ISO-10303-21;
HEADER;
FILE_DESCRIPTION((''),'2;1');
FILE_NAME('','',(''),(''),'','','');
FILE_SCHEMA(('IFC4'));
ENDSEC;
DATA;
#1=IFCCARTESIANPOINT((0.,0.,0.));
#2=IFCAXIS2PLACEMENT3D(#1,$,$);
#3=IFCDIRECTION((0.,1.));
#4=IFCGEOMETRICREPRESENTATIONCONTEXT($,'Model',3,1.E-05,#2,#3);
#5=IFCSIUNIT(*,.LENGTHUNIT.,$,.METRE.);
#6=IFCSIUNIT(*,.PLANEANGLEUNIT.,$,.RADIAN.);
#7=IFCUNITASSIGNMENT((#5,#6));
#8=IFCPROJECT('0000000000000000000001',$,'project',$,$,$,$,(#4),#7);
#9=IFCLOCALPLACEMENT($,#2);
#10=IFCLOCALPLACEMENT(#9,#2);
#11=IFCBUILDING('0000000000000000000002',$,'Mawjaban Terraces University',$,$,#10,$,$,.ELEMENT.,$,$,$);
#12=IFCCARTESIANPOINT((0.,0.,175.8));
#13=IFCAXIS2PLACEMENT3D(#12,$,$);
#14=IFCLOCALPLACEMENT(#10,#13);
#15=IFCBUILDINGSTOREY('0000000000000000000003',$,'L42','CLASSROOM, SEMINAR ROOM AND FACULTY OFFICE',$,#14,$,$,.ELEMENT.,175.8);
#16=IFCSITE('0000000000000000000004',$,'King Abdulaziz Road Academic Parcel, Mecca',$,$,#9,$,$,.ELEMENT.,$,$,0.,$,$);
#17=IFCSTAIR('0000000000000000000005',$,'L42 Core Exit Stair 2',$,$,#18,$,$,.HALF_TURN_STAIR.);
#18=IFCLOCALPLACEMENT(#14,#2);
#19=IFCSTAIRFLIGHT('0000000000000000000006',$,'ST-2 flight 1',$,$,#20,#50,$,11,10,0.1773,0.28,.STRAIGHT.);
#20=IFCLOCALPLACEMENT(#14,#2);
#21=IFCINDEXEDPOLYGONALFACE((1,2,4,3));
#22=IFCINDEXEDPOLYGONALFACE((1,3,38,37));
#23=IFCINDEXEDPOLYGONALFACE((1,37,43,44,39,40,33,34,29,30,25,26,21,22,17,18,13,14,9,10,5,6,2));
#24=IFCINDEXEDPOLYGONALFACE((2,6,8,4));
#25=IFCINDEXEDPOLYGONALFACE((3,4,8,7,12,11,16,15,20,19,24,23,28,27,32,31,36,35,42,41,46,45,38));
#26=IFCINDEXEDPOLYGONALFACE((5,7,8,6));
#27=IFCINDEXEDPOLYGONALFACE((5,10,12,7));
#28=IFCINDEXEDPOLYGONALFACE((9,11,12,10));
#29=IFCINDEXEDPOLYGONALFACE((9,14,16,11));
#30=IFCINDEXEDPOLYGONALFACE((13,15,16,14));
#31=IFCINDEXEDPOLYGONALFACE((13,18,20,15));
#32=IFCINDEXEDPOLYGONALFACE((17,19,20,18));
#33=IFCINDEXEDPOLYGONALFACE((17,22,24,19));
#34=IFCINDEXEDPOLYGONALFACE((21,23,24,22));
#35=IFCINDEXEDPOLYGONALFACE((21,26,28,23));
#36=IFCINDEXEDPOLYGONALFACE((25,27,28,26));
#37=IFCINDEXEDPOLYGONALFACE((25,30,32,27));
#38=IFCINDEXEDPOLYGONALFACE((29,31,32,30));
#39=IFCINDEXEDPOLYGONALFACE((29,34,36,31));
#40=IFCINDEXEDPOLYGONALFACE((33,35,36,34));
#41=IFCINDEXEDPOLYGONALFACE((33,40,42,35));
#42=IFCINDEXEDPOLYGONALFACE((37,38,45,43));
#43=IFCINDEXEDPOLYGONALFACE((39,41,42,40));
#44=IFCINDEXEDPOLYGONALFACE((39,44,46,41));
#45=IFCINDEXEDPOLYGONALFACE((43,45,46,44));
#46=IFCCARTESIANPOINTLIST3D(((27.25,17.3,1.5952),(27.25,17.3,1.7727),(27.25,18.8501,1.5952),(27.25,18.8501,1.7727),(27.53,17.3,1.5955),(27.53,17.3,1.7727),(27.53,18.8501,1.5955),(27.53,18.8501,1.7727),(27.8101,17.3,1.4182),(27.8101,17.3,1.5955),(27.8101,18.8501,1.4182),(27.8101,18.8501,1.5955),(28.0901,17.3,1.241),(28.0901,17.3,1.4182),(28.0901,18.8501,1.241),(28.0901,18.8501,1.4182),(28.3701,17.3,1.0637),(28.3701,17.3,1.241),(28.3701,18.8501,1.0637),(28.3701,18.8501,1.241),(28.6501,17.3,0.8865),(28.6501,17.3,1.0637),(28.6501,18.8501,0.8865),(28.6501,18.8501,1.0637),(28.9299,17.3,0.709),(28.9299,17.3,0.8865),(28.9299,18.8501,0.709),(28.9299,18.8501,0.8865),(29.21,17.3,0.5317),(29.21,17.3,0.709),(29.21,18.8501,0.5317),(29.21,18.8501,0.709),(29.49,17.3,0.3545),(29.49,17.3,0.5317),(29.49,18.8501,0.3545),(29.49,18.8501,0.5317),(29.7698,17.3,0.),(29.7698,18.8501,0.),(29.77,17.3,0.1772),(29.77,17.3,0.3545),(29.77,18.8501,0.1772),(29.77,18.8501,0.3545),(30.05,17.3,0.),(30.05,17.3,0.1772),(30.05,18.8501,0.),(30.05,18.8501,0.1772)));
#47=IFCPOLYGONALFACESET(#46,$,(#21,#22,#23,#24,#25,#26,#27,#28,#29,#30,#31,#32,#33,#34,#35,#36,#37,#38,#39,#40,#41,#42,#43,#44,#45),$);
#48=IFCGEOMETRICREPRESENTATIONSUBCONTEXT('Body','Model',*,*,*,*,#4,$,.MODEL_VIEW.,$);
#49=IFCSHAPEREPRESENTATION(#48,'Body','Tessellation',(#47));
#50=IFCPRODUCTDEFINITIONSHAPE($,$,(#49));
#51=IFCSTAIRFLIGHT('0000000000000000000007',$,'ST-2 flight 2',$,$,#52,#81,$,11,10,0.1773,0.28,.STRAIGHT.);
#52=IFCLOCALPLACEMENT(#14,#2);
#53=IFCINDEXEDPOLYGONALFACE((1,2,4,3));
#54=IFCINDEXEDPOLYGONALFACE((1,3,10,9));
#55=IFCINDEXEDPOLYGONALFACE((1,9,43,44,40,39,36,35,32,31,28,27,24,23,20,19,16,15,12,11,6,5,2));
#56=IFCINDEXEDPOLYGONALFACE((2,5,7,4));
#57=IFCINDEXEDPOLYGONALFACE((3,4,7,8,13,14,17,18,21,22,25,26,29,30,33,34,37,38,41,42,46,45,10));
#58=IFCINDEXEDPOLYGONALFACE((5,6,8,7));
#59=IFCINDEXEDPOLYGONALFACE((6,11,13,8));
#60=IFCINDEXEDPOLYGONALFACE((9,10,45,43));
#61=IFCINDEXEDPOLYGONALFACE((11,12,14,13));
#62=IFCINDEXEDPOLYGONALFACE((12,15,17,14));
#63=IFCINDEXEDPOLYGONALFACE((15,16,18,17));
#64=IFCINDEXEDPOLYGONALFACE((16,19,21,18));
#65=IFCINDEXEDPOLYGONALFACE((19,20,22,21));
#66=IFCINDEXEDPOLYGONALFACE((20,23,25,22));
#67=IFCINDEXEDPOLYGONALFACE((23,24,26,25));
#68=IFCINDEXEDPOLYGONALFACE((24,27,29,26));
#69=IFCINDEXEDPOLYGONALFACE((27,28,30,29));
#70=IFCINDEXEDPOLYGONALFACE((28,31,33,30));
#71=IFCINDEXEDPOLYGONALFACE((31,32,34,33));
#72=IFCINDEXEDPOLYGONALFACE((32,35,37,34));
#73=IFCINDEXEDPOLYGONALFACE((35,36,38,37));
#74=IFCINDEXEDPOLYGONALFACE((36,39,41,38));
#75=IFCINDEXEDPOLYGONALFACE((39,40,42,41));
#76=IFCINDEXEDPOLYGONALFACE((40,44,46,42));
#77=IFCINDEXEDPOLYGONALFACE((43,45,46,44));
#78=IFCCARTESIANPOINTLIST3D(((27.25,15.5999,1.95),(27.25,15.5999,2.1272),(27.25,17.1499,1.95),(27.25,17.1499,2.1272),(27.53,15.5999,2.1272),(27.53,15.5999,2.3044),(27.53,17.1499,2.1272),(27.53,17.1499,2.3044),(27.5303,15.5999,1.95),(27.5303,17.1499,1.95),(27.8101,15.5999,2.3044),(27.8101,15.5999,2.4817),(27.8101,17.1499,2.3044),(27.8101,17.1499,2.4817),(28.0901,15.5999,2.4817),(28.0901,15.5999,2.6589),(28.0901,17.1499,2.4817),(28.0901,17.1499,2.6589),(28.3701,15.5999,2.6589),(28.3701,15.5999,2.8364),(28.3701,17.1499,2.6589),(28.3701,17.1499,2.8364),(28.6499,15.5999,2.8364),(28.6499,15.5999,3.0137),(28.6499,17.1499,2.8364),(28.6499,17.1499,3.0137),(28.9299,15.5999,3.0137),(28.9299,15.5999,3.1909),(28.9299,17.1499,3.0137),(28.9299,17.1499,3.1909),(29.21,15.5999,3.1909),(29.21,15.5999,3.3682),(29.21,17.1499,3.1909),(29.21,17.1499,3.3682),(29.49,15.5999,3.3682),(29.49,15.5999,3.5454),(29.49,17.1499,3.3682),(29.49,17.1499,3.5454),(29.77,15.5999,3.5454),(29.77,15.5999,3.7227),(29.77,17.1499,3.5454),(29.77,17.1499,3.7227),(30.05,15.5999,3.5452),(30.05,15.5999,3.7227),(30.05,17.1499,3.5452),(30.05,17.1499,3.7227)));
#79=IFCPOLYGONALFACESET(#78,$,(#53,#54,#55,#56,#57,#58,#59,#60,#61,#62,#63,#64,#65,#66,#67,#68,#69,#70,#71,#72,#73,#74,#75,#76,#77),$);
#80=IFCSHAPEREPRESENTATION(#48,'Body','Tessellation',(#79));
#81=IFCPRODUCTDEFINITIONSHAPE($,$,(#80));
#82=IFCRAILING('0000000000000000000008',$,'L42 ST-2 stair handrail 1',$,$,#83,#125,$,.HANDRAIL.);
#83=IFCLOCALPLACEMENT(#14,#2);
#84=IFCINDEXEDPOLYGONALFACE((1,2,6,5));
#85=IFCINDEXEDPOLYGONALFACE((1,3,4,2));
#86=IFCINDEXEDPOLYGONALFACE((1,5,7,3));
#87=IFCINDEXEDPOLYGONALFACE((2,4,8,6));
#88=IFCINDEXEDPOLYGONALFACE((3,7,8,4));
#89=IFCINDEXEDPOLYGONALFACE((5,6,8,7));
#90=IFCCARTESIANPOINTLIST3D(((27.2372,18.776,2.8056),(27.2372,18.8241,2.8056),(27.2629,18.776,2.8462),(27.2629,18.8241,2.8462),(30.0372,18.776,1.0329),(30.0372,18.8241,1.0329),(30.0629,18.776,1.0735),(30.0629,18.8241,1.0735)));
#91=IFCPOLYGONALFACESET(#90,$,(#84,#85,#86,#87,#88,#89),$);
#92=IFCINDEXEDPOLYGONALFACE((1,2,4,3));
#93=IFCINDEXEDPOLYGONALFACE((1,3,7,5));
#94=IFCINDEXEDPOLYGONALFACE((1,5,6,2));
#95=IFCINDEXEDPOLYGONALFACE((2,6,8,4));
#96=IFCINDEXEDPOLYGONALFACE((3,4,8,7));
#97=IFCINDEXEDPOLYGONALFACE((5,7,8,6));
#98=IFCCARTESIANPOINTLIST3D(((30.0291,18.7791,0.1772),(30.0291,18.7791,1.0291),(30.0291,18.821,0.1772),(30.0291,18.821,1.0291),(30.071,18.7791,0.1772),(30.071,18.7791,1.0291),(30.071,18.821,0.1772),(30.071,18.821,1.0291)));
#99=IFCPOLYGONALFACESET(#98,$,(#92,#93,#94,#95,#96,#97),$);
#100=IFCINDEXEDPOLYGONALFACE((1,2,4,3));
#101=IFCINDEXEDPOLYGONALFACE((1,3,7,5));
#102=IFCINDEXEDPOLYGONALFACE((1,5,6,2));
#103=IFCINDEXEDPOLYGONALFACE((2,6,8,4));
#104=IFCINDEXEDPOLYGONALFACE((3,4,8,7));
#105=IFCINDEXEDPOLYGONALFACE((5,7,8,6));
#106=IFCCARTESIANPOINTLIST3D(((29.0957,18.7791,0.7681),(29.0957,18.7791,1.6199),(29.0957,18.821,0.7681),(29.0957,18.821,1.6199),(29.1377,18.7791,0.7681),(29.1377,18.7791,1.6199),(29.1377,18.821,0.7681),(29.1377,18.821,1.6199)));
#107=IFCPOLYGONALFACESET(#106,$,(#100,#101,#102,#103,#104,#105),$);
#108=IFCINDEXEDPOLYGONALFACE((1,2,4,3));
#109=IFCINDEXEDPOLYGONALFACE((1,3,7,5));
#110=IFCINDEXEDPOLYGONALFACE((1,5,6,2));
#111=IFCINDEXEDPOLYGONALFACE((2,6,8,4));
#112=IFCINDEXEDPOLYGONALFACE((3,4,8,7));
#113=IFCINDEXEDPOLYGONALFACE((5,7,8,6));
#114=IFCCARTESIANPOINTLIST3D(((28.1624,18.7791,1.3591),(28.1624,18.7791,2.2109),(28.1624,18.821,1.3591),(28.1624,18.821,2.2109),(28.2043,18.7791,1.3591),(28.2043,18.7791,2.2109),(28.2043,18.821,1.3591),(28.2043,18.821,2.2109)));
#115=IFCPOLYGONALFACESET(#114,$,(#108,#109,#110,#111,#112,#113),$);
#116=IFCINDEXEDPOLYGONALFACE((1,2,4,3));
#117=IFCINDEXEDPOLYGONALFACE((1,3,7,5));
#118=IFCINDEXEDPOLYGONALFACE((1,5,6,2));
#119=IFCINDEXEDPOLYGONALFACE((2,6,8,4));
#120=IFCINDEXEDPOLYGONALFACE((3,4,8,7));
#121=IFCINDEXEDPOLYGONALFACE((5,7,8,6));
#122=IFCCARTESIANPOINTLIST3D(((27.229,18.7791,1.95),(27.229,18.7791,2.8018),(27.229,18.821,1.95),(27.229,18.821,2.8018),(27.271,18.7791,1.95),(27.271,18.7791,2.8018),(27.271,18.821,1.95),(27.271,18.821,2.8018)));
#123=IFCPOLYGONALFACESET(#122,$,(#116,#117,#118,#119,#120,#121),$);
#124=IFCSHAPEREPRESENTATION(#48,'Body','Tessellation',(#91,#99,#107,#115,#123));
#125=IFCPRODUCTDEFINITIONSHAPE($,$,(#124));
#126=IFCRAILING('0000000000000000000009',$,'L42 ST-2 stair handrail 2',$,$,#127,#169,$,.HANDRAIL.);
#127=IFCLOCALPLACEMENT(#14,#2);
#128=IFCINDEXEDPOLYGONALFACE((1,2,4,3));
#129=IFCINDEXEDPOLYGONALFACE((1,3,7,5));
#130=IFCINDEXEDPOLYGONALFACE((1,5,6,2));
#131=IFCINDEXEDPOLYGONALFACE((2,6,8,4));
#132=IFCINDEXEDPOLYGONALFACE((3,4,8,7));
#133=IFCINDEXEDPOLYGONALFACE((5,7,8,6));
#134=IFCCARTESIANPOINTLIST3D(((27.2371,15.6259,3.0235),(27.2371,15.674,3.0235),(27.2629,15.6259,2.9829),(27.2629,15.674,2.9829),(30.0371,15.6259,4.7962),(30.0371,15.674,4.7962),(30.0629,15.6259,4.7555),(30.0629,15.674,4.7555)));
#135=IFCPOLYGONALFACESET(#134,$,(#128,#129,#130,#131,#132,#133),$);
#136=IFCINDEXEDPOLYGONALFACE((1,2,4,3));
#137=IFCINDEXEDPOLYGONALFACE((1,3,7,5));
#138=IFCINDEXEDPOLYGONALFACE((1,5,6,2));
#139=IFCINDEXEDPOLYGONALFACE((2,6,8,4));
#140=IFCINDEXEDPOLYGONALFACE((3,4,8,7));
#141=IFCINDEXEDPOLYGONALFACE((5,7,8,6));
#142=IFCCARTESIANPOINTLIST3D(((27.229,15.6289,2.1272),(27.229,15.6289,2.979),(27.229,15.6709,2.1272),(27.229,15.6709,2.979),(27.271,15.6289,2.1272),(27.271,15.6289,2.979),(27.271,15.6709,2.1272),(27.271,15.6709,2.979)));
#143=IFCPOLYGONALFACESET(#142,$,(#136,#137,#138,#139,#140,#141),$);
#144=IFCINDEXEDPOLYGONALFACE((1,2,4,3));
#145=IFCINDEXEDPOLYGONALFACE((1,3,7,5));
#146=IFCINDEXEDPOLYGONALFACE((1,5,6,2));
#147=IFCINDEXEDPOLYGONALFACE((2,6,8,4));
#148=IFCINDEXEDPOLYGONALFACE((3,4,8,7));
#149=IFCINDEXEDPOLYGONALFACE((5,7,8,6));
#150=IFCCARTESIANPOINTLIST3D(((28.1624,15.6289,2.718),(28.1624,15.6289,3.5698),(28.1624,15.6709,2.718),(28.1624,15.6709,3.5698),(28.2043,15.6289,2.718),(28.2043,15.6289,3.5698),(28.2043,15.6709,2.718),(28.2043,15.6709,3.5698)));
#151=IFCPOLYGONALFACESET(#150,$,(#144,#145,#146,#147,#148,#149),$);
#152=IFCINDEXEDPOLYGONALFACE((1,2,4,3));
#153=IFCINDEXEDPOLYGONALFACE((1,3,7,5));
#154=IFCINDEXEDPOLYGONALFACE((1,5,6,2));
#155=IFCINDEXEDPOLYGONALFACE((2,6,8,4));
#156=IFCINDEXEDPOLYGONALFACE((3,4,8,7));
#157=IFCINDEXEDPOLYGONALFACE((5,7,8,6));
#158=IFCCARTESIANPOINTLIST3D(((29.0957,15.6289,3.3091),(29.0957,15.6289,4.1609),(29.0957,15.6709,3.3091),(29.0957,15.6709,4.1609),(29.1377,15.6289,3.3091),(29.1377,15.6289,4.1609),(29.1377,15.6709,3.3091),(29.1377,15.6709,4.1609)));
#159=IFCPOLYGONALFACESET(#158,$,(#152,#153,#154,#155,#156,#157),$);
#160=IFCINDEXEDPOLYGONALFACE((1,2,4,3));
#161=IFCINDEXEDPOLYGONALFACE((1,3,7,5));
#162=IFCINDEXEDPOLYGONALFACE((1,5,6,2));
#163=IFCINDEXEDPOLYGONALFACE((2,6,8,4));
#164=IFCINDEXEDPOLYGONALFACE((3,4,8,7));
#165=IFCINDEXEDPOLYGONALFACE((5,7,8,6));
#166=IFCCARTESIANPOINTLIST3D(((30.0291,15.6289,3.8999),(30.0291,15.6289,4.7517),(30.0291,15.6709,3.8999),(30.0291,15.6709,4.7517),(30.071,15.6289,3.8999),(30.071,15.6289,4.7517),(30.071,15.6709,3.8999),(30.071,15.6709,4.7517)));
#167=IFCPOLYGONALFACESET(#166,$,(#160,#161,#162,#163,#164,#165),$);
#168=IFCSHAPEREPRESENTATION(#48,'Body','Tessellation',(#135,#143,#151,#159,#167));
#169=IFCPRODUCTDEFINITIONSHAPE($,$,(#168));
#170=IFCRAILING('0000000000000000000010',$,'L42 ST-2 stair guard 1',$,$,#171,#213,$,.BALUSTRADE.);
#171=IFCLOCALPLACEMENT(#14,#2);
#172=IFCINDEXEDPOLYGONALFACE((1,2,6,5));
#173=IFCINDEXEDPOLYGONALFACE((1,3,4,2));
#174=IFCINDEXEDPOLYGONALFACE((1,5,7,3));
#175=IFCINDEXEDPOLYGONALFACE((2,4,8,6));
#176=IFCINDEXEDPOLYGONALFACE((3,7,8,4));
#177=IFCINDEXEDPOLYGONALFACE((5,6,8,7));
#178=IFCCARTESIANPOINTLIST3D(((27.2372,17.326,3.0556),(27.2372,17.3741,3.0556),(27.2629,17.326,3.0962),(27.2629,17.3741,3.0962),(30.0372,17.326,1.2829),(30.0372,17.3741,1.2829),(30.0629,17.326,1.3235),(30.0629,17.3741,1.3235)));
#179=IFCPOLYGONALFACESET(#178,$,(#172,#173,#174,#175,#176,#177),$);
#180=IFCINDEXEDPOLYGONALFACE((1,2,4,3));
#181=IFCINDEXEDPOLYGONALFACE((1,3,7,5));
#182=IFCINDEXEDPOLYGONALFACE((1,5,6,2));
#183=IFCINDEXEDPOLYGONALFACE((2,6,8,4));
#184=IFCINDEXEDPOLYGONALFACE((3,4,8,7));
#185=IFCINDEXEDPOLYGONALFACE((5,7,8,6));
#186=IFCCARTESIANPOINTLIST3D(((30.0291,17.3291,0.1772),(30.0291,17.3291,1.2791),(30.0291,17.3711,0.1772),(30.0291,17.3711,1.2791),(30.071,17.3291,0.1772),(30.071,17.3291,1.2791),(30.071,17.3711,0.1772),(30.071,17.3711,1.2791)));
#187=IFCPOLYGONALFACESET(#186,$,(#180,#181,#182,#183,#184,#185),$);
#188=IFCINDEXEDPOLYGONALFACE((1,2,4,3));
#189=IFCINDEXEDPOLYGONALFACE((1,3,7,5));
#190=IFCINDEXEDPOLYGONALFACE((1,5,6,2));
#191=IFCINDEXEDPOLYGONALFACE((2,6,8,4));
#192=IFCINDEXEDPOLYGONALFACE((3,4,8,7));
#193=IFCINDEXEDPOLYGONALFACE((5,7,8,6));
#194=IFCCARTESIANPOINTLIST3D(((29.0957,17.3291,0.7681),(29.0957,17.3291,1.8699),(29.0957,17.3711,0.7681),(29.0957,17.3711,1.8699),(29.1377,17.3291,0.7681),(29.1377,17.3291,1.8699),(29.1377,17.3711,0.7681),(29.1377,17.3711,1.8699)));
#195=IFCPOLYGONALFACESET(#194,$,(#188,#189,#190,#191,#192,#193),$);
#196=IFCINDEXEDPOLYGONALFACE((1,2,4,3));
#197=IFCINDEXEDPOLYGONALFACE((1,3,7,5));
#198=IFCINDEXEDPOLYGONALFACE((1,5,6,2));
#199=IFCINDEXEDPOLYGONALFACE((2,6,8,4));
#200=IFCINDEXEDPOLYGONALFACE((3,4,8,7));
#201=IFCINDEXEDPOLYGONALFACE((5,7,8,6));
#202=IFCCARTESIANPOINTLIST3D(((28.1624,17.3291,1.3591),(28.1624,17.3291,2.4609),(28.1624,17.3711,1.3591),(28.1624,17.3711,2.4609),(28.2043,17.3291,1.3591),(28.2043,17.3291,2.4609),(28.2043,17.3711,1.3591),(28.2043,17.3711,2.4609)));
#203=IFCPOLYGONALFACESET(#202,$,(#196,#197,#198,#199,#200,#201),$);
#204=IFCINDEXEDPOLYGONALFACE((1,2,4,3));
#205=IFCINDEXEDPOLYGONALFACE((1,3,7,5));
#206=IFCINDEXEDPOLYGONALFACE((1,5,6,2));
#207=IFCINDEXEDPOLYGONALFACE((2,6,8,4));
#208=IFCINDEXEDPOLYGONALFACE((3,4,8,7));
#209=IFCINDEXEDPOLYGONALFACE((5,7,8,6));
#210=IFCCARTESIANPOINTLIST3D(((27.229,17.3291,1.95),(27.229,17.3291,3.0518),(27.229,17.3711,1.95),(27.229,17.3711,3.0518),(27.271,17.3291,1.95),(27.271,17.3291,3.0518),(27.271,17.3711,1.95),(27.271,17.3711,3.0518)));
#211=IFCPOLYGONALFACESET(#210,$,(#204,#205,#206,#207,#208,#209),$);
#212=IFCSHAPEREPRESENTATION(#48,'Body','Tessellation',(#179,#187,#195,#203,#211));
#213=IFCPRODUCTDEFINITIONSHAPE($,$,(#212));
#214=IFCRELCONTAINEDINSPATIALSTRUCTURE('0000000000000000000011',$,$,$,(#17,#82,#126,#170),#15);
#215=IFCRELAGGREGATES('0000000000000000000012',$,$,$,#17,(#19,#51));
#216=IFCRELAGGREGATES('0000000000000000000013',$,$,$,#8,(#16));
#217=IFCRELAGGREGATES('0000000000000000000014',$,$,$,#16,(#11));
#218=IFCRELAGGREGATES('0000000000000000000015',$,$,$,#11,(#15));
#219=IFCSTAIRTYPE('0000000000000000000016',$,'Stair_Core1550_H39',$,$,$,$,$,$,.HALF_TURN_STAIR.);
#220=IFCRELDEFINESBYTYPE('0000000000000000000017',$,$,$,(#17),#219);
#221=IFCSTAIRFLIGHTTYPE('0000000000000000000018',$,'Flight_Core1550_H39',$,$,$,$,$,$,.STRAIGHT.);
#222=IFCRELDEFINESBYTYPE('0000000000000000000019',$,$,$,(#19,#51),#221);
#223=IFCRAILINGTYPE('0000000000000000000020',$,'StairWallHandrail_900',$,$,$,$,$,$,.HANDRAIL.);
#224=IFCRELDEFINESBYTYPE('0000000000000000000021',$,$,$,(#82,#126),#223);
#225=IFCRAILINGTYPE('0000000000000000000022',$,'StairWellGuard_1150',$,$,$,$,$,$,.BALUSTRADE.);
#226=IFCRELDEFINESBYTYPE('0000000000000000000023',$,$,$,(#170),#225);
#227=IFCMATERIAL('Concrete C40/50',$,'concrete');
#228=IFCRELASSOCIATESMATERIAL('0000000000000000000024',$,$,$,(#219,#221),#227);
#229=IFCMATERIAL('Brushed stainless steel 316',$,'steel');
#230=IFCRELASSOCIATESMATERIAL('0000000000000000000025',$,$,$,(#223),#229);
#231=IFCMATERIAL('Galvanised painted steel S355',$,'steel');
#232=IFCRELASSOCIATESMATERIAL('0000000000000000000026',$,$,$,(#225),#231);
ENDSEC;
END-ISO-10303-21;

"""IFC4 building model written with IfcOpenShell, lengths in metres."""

from ifc_helpers import new_model, si_unit, direction, frame, origin, origin_2d, place, context, subcontext, project, spatial, polyline, rectangle, outline, extrude, material, type_object, element, aggregate, save


model = new_model("IFC4")

# Units and contexts
model_context = context("Model", 3, precision=1e-05, world=origin(), true_north=direction((0.0, 1.0)))
body_context = subcontext(model_context, "Body", "Model", "MODEL_VIEW")
ifc_project = project(units=[si_unit("LENGTHUNIT", "METRE"), si_unit("PLANEANGLEUNIT", "RADIAN")], contexts=[model_context])

# Site, building, storey
site_placement = place(None, origin())
site = spatial("IfcSite", under=ifc_project, at=site_placement, Name="King Abdulaziz Road Academic Parcel, Mecca", CompositionType="ELEMENT", RefElevation=0.0)
building_placement = place(site_placement, origin())
building = spatial("IfcBuilding", under=site, at=building_placement, Name="Mawjaban Terraces University", CompositionType="ELEMENT")
storey_placement = place(building_placement, frame((0.0, 0.0, 175.8)))
storey = spatial("IfcBuildingStorey", under=building, at=storey_placement, Name="L42", Description="CLASSROOM, SEMINAR ROOM AND FACULTY OFFICE", CompositionType="ELEMENT", Elevation=175.8)

# Shared definitions
ifc_material_1 = material(Name="Concrete C40/50", Category="concrete")

# Stair, stair flights
stair_type = type_object("IfcStairType", Name="Stair_Core1550_H39", PredefinedType="HALF_TURN_STAIR", material=ifc_material_1)
stair_placement = place(storey_placement, origin())
stair = element("IfcStair", 1, at=stair_placement, inside=storey, type_object=stair_type, Name="L42 Core Exit Stair 2", PredefinedType="HALF_TURN_STAIR")
stair_flight_type = type_object("IfcStairFlightType", Name="Flight_Core1550_H39", PredefinedType="STRAIGHT", material=ifc_material_1)
stair_flight_1_placement = place(storey_placement, frame((30.05, 18.075, 0.0), z_axis=(0.0, 0.0, 1.0), x_axis=(-1.0, 0.0, 0.0)))
stair_flight_1 = element("IfcStairFlight", 2, at=stair_flight_1_placement, type_object=stair_flight_type, Name="ST-2 flight 1", NumberOfRisers=11, NumberOfTreads=10, PredefinedType="STRAIGHT", RiserHeight=0.1773, TreadLength=0.28, context=body_context, shape_type="SweptSolid", body=[
    extrude(outline(polyline([(0.0, 0.0), (0.0, 0.1772), (0.28, 0.1772), (0.28, 0.3545), (0.5601, 0.3545), (0.5601, 0.5317), (0.8401, 0.5317), (0.8401, 0.709), (1.1201, 0.709), (1.1201, 0.8865), (1.3999, 0.8865), (1.3999, 1.0637), (1.6799, 1.0637), (1.6799, 1.241), (1.96, 1.241), (1.96, 1.4182), (2.24, 1.4182), (2.24, 1.5955), (2.52, 1.5955), (2.52, 1.7727), (2.8, 1.7727), (2.8, 1.95), (2.8, 1.5952), (0.2803, 0.0), (0.0, 0.0)])), frame((0.0, 0.7749, 0.0), z_axis=(0.0, -1.0, 0.0), x_axis=(1.0, 0.0, 0.0)), (0.0, 0.0, 1.0), 1.55),
])
stair_flight_2_placement = place(storey_placement, frame((27.25, 16.375, 1.95), z_axis=(0.0, 0.0, 1.0), x_axis=(1.0, 0.0, 0.0)))
stair_flight_2 = element("IfcStairFlight", 3, at=stair_flight_2_placement, type_object=stair_flight_type, Name="ST-2 flight 2", NumberOfRisers=11, NumberOfTreads=10, PredefinedType="STRAIGHT", RiserHeight=0.1773, TreadLength=0.28, context=body_context, shape_type="SweptSolid", body=[
    extrude(outline(polyline([(0.0, 0.0), (0.0, 0.1772), (0.28, 0.1772), (0.28, 0.3545), (0.5601, 0.3545), (0.5601, 0.5317), (0.8401, 0.5317), (0.8401, 0.709), (1.1201, 0.709), (1.1201, 0.8865), (1.3999, 0.8865), (1.3999, 1.0637), (1.6799, 1.0637), (1.6799, 1.241), (1.96, 1.241), (1.96, 1.4182), (2.24, 1.4182), (2.24, 1.5955), (2.52, 1.5955), (2.52, 1.7727), (2.8, 1.7727), (2.8, 1.95), (2.8, 1.5952), (0.2803, 0.0), (0.0, 0.0)])), frame((0.0, 0.7749, 0.0), z_axis=(0.0, -1.0, 0.0), x_axis=(1.0, 0.0, 0.0)), (0.0, 0.0, 1.0), 1.55),
])
aggregate(stair, [stair_flight_1, stair_flight_2])

# Railings
ifc_material_2 = material(Name="Brushed stainless steel 316", Category="steel")
railing_type_1 = type_object("IfcRailingType", Name="StairWallHandrail_900", PredefinedType="HANDRAIL", material=ifc_material_2)
railing_1_placement = place(storey_placement, frame((30.05, 18.8, 0.1772)))
element("IfcRailing", 4, at=railing_1_placement, inside=storey, type_object=railing_type_1, Name="L42 ST-2 stair handrail 1", PredefinedType="HANDRAIL", context=body_context, shape_type="SweptSolid", body=[
    extrude(rectangle(XDim=0.0481, YDim=0.0481, at=origin_2d()), frame((0.0, 0.0, 0.876), z_axis=(-0.844909, 0.0, 0.53491), x_axis=(0.0, -1.0, 0.0)), (0.0, 0.0, 1.0), 3.314),
    extrude(rectangle(XDim=0.042, YDim=0.042, at=origin_2d()), origin(), (0.0, 0.0, 1.0), 0.8518),
    extrude(rectangle(XDim=0.042, YDim=0.042, at=origin_2d()), frame((-0.9333, 0.0, 0.5908)), (0.0, 0.0, 1.0), 0.8518),
    extrude(rectangle(XDim=0.042, YDim=0.042, at=origin_2d()), frame((-1.8667, 0.0, 1.1819)), (0.0, 0.0, 1.0), 0.8518),
    extrude(rectangle(XDim=0.042, YDim=0.042, at=origin_2d()), frame((-2.8, 0.0, 1.7727)), (0.0, 0.0, 1.0), 0.8518),
])
railing_2_placement = place(storey_placement, frame((27.25, 15.6499, 2.1272)))
element("IfcRailing", 5, at=railing_2_placement, inside=storey, type_object=railing_type_1, Name="L42 ST-2 stair handrail 2", PredefinedType="HANDRAIL", context=body_context, shape_type="SweptSolid", body=[
    extrude(rectangle(XDim=0.0481, YDim=0.0481, at=origin_2d()), frame((0.0, 0.0, 0.876), z_axis=(0.844909, 0.0, 0.53491), x_axis=(0.0, 1.0, 0.0)), (0.0, 0.0, 1.0), 3.314),
    extrude(rectangle(XDim=0.042, YDim=0.042, at=origin_2d()), origin(), (0.0, 0.0, 1.0), 0.8518),
    extrude(rectangle(XDim=0.042, YDim=0.042, at=origin_2d()), frame((0.9333, 0.0, 0.5908)), (0.0, 0.0, 1.0), 0.8518),
    extrude(rectangle(XDim=0.042, YDim=0.042, at=origin_2d()), frame((1.8667, 0.0, 1.1819)), (0.0, 0.0, 1.0), 0.8518),
    extrude(rectangle(XDim=0.042, YDim=0.042, at=origin_2d()), frame((2.8, 0.0, 1.7727)), (0.0, 0.0, 1.0), 0.8518),
])
ifc_material_3 = material(Name="Galvanised painted steel S355", Category="steel")
railing_type_2 = type_object("IfcRailingType", Name="StairWellGuard_1150", PredefinedType="BALUSTRADE", material=ifc_material_3)
railing_3_placement = place(storey_placement, frame((30.05, 17.3501, 0.1772)))
element("IfcRailing", 6, at=railing_3_placement, inside=storey, type_object=railing_type_2, Name="L42 ST-2 stair guard 1", PredefinedType="BALUSTRADE", context=body_context, shape_type="SweptSolid", body=[
    extrude(rectangle(XDim=0.0481, YDim=0.0481, at=origin_2d()), frame((0.0, 0.0, 1.126), z_axis=(-0.844909, 0.0, 0.53491), x_axis=(0.0, -1.0, 0.0)), (0.0, 0.0, 1.0), 3.314),
    extrude(rectangle(XDim=0.042, YDim=0.042, at=origin_2d()), origin(), (0.0, 0.0, 1.0), 1.1018),
    extrude(rectangle(XDim=0.042, YDim=0.042, at=origin_2d()), frame((-0.9333, 0.0, 0.5908)), (0.0, 0.0, 1.0), 1.1018),
    extrude(rectangle(XDim=0.042, YDim=0.042, at=origin_2d()), frame((-1.8667, 0.0, 1.1819)), (0.0, 0.0, 1.0), 1.1018),
    extrude(rectangle(XDim=0.042, YDim=0.042, at=origin_2d()), frame((-2.8, 0.0, 1.7727)), (0.0, 0.0, 1.0), 1.1018),
])

save(model, "model.ifc")
